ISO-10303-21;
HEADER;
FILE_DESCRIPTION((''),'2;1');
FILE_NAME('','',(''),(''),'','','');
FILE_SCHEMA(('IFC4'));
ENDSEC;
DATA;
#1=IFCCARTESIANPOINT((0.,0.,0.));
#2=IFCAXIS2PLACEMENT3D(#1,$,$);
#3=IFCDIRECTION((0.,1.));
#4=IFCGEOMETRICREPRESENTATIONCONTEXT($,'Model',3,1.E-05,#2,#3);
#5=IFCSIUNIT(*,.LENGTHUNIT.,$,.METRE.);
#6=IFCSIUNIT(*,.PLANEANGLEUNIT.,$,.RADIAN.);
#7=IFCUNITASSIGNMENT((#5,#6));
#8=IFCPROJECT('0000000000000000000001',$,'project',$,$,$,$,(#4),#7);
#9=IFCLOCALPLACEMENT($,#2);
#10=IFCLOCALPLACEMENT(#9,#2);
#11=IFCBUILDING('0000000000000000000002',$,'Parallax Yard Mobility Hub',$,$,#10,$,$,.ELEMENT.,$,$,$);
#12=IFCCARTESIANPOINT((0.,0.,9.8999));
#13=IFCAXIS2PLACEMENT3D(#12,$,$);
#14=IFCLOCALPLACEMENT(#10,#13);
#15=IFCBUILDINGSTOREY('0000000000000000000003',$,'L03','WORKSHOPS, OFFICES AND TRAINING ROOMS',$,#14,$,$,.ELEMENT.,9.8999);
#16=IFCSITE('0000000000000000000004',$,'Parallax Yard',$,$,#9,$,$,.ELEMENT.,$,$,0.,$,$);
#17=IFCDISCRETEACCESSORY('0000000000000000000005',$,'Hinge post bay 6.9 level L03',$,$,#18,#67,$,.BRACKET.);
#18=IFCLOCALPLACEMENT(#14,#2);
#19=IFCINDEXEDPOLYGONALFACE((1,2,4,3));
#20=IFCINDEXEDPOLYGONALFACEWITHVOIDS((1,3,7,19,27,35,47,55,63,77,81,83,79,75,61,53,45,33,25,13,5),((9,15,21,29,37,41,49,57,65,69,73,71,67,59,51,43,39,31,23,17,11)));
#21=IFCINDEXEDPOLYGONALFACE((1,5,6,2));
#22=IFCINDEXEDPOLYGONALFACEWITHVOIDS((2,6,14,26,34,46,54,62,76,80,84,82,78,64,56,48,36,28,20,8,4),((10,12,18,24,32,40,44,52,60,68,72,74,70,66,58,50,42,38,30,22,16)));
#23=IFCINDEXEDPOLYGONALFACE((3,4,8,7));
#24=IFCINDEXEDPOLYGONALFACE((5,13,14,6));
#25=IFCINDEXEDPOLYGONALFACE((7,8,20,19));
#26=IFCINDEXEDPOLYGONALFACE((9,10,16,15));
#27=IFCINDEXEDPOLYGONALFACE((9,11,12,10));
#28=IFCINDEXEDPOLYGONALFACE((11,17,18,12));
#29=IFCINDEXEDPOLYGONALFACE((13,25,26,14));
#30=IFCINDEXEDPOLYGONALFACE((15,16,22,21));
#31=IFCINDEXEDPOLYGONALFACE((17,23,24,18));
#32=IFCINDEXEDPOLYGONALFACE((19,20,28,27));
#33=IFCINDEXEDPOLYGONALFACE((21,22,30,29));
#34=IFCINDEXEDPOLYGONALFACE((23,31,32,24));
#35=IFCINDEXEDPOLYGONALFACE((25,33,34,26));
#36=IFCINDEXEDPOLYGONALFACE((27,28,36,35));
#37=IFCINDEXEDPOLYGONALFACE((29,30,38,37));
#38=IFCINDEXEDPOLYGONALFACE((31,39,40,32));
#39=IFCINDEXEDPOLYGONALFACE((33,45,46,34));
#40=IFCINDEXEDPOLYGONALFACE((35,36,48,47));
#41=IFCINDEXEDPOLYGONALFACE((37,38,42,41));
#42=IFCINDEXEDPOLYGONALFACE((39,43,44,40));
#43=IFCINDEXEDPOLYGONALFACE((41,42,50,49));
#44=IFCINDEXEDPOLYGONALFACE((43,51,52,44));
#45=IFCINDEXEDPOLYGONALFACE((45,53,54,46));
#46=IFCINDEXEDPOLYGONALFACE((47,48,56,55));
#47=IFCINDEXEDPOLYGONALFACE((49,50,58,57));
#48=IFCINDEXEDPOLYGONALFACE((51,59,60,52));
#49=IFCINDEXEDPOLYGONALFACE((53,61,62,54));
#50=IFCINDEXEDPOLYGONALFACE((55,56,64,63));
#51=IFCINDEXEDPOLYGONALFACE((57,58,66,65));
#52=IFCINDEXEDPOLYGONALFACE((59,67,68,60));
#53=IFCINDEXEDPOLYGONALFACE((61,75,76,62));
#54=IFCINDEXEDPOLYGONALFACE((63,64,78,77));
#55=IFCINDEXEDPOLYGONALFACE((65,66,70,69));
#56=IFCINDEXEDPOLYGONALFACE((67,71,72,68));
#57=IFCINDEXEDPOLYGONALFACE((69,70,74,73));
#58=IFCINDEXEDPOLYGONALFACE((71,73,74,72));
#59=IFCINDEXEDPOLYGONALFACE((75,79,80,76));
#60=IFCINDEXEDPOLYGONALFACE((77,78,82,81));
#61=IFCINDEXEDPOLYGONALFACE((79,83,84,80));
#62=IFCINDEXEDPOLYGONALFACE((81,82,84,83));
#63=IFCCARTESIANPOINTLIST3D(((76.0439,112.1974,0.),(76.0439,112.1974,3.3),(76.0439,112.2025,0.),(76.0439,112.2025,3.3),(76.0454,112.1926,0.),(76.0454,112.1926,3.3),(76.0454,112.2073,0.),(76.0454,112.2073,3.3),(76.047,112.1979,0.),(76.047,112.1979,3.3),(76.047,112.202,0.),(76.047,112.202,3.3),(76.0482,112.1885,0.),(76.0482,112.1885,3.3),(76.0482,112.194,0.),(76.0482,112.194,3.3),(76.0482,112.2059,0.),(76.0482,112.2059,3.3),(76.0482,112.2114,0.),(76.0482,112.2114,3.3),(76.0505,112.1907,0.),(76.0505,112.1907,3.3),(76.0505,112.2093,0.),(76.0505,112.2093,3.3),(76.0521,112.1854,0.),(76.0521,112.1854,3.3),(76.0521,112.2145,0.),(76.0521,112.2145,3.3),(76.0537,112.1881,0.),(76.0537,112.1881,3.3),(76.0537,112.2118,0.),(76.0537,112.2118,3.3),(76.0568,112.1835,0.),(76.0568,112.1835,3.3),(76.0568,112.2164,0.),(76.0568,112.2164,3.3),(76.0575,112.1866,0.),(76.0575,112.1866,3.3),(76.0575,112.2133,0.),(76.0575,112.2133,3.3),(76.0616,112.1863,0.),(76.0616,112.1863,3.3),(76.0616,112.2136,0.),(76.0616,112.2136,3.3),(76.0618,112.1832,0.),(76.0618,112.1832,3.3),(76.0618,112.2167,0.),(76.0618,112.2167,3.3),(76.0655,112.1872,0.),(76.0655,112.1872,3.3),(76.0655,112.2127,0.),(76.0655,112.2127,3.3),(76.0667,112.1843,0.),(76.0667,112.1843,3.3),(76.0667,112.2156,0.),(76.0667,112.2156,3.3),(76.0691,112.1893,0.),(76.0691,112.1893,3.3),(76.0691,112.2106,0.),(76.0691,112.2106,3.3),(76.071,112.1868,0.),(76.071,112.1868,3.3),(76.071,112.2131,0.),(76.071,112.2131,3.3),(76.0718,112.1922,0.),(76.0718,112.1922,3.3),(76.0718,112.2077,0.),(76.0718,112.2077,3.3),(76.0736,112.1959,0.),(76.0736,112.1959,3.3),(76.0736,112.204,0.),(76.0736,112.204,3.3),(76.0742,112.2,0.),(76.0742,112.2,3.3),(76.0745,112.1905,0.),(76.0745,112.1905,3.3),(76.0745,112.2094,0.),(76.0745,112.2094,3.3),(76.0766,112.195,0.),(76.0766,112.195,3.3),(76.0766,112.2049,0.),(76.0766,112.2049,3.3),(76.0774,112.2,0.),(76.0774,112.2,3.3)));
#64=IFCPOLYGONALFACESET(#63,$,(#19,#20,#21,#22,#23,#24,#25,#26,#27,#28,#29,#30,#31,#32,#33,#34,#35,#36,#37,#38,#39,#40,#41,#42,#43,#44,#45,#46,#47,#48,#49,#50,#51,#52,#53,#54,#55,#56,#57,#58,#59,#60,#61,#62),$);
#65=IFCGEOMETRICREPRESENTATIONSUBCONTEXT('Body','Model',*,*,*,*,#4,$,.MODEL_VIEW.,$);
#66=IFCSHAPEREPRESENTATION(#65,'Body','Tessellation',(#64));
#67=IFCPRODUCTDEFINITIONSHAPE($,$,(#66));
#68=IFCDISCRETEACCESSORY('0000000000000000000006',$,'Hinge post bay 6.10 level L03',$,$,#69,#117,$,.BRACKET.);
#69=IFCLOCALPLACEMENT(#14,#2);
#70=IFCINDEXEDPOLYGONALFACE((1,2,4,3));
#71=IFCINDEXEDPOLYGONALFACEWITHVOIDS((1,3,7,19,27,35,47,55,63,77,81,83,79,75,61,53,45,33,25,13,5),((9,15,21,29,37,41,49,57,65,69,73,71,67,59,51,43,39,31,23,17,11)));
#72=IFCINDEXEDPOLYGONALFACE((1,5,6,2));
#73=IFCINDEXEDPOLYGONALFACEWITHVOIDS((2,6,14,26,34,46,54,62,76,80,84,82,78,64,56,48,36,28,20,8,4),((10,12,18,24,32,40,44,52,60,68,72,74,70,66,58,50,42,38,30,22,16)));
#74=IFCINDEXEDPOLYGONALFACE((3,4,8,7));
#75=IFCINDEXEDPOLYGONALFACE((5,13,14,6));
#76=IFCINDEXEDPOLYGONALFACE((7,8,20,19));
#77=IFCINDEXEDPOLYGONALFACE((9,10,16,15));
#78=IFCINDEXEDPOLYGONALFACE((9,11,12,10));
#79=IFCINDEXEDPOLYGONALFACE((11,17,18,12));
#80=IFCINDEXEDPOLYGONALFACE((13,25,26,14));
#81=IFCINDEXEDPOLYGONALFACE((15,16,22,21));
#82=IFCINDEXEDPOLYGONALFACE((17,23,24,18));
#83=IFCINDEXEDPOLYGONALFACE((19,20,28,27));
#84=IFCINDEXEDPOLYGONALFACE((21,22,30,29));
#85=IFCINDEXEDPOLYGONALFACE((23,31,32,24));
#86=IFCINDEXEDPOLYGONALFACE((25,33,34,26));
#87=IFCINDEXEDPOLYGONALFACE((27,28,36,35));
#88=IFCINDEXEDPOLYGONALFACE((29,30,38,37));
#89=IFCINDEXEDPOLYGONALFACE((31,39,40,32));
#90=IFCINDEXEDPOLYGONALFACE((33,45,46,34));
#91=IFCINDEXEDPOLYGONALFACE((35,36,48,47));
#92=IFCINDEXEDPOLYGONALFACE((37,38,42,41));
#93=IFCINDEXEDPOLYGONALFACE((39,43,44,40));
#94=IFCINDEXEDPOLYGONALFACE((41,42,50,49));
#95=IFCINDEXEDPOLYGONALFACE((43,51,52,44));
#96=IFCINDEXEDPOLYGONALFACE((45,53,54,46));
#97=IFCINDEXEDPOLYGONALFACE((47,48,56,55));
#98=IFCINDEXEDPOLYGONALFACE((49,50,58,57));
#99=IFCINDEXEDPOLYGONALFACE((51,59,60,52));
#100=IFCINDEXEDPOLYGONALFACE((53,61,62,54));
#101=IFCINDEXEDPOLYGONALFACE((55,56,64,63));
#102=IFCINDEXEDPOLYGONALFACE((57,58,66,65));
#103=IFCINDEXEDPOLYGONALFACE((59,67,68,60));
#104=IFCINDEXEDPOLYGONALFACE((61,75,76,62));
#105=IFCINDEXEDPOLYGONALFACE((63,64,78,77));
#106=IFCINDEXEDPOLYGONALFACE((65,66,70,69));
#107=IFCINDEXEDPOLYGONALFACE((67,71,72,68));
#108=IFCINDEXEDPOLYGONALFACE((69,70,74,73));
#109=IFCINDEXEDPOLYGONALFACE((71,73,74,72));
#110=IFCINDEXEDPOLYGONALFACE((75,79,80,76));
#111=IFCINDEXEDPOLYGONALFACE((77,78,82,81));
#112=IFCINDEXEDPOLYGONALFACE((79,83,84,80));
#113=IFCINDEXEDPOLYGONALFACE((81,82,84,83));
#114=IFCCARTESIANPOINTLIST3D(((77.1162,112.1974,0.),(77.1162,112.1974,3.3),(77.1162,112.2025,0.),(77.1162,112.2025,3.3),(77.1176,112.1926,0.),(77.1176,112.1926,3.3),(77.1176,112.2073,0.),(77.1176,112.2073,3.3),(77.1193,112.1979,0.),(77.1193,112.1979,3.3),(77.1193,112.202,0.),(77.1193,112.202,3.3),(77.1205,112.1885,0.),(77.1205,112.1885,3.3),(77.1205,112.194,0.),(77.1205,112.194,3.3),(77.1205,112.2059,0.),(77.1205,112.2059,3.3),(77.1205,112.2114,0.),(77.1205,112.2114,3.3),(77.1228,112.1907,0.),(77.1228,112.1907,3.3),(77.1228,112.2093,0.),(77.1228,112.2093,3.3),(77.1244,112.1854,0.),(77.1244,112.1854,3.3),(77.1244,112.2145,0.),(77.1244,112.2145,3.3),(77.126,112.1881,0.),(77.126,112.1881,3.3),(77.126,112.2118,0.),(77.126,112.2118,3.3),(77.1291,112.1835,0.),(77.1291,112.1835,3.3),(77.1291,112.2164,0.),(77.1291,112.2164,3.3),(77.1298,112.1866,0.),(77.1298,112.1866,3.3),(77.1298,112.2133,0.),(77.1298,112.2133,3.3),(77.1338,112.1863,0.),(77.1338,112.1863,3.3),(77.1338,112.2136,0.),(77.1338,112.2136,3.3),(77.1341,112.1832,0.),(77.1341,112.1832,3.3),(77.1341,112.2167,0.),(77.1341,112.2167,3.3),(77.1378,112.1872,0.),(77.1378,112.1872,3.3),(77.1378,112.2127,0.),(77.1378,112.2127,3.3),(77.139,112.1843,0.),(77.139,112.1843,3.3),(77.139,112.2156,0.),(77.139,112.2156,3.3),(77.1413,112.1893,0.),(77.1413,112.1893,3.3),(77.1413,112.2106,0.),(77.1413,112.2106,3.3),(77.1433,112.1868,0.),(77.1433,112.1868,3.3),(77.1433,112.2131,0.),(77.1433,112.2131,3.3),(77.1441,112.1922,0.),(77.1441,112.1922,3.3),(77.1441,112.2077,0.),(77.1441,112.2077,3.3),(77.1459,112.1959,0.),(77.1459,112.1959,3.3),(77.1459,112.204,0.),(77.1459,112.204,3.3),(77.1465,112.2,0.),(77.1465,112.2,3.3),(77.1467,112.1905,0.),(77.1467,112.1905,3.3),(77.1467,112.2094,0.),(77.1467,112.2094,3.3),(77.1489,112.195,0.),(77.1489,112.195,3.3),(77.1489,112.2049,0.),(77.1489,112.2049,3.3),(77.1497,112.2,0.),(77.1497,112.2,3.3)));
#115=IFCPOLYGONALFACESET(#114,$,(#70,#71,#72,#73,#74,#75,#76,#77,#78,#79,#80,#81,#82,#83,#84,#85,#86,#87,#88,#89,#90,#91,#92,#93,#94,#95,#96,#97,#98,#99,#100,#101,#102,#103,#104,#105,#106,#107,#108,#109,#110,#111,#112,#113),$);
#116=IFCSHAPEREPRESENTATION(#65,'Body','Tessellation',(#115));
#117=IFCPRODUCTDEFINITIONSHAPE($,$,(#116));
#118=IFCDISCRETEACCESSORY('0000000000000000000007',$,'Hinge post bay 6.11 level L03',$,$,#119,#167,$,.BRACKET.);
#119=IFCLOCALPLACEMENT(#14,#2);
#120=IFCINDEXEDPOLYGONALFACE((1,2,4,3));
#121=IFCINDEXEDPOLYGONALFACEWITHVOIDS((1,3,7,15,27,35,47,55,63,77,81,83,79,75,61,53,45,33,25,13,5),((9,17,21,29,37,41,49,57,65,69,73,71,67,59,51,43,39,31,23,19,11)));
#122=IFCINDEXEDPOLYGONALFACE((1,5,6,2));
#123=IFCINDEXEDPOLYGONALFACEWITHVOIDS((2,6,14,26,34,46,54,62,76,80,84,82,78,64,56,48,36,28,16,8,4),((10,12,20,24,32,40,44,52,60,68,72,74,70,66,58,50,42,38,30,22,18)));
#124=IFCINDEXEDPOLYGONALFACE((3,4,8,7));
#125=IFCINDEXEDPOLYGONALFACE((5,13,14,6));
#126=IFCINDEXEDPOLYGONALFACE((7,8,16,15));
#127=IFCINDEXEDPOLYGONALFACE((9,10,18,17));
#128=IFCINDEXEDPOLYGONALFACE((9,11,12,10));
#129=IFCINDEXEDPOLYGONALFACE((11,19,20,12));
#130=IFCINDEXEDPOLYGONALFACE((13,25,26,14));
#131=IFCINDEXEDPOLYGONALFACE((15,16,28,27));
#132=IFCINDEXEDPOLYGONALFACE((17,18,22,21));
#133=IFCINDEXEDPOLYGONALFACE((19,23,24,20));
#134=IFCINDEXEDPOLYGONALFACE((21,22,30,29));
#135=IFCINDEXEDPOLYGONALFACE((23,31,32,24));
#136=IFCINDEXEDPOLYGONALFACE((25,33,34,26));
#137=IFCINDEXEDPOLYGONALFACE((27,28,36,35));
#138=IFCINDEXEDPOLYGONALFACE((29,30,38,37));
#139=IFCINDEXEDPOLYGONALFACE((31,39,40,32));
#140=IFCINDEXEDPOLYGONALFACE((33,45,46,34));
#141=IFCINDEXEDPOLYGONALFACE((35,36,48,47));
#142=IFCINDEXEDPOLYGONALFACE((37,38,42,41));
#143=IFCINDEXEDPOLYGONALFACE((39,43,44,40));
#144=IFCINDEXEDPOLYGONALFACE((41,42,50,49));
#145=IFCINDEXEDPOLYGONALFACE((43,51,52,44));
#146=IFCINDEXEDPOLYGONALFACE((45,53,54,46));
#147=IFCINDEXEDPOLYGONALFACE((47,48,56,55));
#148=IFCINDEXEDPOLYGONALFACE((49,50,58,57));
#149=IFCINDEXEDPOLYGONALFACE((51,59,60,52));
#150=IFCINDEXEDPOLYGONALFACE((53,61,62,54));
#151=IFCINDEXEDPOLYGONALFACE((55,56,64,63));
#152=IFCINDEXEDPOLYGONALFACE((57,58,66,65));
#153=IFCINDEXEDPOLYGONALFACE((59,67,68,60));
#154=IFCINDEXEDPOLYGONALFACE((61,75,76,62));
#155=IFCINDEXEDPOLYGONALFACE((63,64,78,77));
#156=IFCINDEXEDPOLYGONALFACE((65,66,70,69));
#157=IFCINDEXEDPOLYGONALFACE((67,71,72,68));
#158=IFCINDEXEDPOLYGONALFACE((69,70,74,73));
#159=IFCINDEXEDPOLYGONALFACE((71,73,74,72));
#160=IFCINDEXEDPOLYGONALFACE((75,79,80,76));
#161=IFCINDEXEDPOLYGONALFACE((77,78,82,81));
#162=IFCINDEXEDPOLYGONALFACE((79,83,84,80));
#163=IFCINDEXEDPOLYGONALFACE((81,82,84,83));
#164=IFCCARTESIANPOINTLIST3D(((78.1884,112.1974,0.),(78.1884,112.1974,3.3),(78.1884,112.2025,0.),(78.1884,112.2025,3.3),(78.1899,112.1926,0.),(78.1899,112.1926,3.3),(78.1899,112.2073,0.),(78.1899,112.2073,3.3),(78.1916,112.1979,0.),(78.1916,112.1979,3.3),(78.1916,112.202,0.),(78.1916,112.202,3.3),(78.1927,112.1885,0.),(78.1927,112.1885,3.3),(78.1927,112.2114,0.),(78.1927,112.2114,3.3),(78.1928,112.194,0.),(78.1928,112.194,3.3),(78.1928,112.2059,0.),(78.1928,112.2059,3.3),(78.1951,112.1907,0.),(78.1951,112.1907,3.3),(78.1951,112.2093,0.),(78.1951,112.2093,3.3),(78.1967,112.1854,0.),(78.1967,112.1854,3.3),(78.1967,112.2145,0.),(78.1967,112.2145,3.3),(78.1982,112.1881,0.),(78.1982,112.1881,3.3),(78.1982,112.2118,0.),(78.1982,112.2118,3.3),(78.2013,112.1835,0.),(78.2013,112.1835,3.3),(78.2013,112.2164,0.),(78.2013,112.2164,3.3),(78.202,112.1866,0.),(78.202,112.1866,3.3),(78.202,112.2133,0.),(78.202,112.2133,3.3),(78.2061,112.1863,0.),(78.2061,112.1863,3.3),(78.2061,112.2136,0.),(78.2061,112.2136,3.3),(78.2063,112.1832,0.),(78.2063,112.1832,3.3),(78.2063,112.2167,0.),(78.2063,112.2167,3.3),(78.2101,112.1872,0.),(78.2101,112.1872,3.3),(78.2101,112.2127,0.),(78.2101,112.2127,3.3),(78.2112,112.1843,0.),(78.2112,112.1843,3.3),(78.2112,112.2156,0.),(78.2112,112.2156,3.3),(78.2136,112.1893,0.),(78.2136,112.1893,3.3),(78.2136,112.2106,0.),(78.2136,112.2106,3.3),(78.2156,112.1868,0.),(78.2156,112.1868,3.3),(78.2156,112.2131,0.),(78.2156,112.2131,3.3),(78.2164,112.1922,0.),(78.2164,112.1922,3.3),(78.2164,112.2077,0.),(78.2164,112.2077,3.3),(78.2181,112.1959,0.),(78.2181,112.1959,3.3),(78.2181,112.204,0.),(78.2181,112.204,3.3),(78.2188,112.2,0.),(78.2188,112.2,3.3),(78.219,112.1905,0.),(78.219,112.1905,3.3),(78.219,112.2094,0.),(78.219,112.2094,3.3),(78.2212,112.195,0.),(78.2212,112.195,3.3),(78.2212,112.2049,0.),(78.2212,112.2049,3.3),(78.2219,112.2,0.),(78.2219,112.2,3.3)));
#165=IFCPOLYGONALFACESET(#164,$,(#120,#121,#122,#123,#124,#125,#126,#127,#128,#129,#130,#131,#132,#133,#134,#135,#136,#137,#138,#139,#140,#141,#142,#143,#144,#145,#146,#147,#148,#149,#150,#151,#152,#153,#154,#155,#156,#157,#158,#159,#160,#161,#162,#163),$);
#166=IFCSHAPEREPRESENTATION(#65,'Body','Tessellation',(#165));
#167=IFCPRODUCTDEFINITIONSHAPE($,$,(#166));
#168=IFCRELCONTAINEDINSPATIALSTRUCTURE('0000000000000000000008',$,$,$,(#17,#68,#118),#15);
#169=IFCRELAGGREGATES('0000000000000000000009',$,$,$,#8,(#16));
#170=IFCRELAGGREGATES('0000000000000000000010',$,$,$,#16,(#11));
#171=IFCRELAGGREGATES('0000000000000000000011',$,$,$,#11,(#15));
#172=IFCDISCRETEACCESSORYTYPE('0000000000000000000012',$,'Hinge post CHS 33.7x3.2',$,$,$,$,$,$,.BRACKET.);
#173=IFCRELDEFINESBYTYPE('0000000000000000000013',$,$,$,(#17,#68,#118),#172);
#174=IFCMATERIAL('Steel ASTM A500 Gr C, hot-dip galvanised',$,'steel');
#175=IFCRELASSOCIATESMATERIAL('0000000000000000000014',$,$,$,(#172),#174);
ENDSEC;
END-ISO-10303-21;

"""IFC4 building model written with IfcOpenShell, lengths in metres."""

from ifc_helpers import new_model, si_unit, direction, frame, origin, origin_2d, place, context, subcontext, project, spatial, hollow_circle, extrude, material, material_profile, profile_set, type_object, element, save


model = new_model("IFC4")

# Units and contexts
model_context = context("Model", 3, precision=1e-05, world=origin(), true_north=direction((0.0, 1.0)))
body_context = subcontext(model_context, "Body", "Model", "MODEL_VIEW")
ifc_project = project(units=[si_unit("LENGTHUNIT", "METRE"), si_unit("PLANEANGLEUNIT", "RADIAN")], contexts=[model_context])

# Site, building, storey
site_placement = place(None, origin())
site = spatial("IfcSite", under=ifc_project, at=site_placement, Name="Parallax Yard", CompositionType="ELEMENT", RefElevation=0.0)
building_placement = place(site_placement, origin())
building = spatial("IfcBuilding", under=site, at=building_placement, Name="Parallax Yard Mobility Hub", CompositionType="ELEMENT")
storey_placement = place(building_placement, frame((0.0, 0.0, 9.8999)))
storey = spatial("IfcBuildingStorey", under=building, at=storey_placement, Name="L03", Description="WORKSHOPS, OFFICES AND TRAINING ROOMS", CompositionType="ELEMENT", Elevation=9.8999)

# Discrete accessories
ifc_material_1 = material(Name="Steel ASTM A500 Gr C, hot-dip galvanised", Category="steel")
ifc_material_profile = material_profile(ifc_material_1, hollow_circle(Radius=0.0168, WallThickness=0.0032, at=origin_2d()), Name="CHS 33.7x3.2")
ifc_profile_set = profile_set([ifc_material_profile], Name="Steel ASTM A500 Gr C, hot-dip galvanised")
discrete_accessory_type_1 = type_object("IfcDiscreteAccessoryType", Name="Hinge post CHS 33.7x3.2", PredefinedType="BRACKET", material=ifc_profile_set)
for number, where, z_axis, x_axis, name in (
    (1, (76.0605, 112.2, 0.0), (0.0, 0.0, 1.0), (1.0, 0.0, 0.0), "Hinge post bay 6.9 level L03"),
    (2, (77.1328, 112.2, 0.0), (0.0, 0.0, 1.0), (1.0, 0.0, 0.0), "Hinge post bay 6.10 level L03"),
    (3, (78.2051, 112.2, 0.0), (0.0, 0.0, 1.0), (1.0, 0.0, 0.0), "Hinge post bay 6.11 level L03"),
):
    element("IfcDiscreteAccessory", number, at=place(storey_placement, frame(where, z_axis=z_axis, x_axis=x_axis)), inside=storey, type_object=discrete_accessory_type_1, Name=name, PredefinedType="BRACKET", context=body_context, shape_type="SweptSolid", body=[
        extrude(hollow_circle(Radius=0.0168, WallThickness=0.0032, at=origin_2d()), origin(), (0.0, 0.0, 1.0), 3.3),
    ])

save(model, "model.ifc")
